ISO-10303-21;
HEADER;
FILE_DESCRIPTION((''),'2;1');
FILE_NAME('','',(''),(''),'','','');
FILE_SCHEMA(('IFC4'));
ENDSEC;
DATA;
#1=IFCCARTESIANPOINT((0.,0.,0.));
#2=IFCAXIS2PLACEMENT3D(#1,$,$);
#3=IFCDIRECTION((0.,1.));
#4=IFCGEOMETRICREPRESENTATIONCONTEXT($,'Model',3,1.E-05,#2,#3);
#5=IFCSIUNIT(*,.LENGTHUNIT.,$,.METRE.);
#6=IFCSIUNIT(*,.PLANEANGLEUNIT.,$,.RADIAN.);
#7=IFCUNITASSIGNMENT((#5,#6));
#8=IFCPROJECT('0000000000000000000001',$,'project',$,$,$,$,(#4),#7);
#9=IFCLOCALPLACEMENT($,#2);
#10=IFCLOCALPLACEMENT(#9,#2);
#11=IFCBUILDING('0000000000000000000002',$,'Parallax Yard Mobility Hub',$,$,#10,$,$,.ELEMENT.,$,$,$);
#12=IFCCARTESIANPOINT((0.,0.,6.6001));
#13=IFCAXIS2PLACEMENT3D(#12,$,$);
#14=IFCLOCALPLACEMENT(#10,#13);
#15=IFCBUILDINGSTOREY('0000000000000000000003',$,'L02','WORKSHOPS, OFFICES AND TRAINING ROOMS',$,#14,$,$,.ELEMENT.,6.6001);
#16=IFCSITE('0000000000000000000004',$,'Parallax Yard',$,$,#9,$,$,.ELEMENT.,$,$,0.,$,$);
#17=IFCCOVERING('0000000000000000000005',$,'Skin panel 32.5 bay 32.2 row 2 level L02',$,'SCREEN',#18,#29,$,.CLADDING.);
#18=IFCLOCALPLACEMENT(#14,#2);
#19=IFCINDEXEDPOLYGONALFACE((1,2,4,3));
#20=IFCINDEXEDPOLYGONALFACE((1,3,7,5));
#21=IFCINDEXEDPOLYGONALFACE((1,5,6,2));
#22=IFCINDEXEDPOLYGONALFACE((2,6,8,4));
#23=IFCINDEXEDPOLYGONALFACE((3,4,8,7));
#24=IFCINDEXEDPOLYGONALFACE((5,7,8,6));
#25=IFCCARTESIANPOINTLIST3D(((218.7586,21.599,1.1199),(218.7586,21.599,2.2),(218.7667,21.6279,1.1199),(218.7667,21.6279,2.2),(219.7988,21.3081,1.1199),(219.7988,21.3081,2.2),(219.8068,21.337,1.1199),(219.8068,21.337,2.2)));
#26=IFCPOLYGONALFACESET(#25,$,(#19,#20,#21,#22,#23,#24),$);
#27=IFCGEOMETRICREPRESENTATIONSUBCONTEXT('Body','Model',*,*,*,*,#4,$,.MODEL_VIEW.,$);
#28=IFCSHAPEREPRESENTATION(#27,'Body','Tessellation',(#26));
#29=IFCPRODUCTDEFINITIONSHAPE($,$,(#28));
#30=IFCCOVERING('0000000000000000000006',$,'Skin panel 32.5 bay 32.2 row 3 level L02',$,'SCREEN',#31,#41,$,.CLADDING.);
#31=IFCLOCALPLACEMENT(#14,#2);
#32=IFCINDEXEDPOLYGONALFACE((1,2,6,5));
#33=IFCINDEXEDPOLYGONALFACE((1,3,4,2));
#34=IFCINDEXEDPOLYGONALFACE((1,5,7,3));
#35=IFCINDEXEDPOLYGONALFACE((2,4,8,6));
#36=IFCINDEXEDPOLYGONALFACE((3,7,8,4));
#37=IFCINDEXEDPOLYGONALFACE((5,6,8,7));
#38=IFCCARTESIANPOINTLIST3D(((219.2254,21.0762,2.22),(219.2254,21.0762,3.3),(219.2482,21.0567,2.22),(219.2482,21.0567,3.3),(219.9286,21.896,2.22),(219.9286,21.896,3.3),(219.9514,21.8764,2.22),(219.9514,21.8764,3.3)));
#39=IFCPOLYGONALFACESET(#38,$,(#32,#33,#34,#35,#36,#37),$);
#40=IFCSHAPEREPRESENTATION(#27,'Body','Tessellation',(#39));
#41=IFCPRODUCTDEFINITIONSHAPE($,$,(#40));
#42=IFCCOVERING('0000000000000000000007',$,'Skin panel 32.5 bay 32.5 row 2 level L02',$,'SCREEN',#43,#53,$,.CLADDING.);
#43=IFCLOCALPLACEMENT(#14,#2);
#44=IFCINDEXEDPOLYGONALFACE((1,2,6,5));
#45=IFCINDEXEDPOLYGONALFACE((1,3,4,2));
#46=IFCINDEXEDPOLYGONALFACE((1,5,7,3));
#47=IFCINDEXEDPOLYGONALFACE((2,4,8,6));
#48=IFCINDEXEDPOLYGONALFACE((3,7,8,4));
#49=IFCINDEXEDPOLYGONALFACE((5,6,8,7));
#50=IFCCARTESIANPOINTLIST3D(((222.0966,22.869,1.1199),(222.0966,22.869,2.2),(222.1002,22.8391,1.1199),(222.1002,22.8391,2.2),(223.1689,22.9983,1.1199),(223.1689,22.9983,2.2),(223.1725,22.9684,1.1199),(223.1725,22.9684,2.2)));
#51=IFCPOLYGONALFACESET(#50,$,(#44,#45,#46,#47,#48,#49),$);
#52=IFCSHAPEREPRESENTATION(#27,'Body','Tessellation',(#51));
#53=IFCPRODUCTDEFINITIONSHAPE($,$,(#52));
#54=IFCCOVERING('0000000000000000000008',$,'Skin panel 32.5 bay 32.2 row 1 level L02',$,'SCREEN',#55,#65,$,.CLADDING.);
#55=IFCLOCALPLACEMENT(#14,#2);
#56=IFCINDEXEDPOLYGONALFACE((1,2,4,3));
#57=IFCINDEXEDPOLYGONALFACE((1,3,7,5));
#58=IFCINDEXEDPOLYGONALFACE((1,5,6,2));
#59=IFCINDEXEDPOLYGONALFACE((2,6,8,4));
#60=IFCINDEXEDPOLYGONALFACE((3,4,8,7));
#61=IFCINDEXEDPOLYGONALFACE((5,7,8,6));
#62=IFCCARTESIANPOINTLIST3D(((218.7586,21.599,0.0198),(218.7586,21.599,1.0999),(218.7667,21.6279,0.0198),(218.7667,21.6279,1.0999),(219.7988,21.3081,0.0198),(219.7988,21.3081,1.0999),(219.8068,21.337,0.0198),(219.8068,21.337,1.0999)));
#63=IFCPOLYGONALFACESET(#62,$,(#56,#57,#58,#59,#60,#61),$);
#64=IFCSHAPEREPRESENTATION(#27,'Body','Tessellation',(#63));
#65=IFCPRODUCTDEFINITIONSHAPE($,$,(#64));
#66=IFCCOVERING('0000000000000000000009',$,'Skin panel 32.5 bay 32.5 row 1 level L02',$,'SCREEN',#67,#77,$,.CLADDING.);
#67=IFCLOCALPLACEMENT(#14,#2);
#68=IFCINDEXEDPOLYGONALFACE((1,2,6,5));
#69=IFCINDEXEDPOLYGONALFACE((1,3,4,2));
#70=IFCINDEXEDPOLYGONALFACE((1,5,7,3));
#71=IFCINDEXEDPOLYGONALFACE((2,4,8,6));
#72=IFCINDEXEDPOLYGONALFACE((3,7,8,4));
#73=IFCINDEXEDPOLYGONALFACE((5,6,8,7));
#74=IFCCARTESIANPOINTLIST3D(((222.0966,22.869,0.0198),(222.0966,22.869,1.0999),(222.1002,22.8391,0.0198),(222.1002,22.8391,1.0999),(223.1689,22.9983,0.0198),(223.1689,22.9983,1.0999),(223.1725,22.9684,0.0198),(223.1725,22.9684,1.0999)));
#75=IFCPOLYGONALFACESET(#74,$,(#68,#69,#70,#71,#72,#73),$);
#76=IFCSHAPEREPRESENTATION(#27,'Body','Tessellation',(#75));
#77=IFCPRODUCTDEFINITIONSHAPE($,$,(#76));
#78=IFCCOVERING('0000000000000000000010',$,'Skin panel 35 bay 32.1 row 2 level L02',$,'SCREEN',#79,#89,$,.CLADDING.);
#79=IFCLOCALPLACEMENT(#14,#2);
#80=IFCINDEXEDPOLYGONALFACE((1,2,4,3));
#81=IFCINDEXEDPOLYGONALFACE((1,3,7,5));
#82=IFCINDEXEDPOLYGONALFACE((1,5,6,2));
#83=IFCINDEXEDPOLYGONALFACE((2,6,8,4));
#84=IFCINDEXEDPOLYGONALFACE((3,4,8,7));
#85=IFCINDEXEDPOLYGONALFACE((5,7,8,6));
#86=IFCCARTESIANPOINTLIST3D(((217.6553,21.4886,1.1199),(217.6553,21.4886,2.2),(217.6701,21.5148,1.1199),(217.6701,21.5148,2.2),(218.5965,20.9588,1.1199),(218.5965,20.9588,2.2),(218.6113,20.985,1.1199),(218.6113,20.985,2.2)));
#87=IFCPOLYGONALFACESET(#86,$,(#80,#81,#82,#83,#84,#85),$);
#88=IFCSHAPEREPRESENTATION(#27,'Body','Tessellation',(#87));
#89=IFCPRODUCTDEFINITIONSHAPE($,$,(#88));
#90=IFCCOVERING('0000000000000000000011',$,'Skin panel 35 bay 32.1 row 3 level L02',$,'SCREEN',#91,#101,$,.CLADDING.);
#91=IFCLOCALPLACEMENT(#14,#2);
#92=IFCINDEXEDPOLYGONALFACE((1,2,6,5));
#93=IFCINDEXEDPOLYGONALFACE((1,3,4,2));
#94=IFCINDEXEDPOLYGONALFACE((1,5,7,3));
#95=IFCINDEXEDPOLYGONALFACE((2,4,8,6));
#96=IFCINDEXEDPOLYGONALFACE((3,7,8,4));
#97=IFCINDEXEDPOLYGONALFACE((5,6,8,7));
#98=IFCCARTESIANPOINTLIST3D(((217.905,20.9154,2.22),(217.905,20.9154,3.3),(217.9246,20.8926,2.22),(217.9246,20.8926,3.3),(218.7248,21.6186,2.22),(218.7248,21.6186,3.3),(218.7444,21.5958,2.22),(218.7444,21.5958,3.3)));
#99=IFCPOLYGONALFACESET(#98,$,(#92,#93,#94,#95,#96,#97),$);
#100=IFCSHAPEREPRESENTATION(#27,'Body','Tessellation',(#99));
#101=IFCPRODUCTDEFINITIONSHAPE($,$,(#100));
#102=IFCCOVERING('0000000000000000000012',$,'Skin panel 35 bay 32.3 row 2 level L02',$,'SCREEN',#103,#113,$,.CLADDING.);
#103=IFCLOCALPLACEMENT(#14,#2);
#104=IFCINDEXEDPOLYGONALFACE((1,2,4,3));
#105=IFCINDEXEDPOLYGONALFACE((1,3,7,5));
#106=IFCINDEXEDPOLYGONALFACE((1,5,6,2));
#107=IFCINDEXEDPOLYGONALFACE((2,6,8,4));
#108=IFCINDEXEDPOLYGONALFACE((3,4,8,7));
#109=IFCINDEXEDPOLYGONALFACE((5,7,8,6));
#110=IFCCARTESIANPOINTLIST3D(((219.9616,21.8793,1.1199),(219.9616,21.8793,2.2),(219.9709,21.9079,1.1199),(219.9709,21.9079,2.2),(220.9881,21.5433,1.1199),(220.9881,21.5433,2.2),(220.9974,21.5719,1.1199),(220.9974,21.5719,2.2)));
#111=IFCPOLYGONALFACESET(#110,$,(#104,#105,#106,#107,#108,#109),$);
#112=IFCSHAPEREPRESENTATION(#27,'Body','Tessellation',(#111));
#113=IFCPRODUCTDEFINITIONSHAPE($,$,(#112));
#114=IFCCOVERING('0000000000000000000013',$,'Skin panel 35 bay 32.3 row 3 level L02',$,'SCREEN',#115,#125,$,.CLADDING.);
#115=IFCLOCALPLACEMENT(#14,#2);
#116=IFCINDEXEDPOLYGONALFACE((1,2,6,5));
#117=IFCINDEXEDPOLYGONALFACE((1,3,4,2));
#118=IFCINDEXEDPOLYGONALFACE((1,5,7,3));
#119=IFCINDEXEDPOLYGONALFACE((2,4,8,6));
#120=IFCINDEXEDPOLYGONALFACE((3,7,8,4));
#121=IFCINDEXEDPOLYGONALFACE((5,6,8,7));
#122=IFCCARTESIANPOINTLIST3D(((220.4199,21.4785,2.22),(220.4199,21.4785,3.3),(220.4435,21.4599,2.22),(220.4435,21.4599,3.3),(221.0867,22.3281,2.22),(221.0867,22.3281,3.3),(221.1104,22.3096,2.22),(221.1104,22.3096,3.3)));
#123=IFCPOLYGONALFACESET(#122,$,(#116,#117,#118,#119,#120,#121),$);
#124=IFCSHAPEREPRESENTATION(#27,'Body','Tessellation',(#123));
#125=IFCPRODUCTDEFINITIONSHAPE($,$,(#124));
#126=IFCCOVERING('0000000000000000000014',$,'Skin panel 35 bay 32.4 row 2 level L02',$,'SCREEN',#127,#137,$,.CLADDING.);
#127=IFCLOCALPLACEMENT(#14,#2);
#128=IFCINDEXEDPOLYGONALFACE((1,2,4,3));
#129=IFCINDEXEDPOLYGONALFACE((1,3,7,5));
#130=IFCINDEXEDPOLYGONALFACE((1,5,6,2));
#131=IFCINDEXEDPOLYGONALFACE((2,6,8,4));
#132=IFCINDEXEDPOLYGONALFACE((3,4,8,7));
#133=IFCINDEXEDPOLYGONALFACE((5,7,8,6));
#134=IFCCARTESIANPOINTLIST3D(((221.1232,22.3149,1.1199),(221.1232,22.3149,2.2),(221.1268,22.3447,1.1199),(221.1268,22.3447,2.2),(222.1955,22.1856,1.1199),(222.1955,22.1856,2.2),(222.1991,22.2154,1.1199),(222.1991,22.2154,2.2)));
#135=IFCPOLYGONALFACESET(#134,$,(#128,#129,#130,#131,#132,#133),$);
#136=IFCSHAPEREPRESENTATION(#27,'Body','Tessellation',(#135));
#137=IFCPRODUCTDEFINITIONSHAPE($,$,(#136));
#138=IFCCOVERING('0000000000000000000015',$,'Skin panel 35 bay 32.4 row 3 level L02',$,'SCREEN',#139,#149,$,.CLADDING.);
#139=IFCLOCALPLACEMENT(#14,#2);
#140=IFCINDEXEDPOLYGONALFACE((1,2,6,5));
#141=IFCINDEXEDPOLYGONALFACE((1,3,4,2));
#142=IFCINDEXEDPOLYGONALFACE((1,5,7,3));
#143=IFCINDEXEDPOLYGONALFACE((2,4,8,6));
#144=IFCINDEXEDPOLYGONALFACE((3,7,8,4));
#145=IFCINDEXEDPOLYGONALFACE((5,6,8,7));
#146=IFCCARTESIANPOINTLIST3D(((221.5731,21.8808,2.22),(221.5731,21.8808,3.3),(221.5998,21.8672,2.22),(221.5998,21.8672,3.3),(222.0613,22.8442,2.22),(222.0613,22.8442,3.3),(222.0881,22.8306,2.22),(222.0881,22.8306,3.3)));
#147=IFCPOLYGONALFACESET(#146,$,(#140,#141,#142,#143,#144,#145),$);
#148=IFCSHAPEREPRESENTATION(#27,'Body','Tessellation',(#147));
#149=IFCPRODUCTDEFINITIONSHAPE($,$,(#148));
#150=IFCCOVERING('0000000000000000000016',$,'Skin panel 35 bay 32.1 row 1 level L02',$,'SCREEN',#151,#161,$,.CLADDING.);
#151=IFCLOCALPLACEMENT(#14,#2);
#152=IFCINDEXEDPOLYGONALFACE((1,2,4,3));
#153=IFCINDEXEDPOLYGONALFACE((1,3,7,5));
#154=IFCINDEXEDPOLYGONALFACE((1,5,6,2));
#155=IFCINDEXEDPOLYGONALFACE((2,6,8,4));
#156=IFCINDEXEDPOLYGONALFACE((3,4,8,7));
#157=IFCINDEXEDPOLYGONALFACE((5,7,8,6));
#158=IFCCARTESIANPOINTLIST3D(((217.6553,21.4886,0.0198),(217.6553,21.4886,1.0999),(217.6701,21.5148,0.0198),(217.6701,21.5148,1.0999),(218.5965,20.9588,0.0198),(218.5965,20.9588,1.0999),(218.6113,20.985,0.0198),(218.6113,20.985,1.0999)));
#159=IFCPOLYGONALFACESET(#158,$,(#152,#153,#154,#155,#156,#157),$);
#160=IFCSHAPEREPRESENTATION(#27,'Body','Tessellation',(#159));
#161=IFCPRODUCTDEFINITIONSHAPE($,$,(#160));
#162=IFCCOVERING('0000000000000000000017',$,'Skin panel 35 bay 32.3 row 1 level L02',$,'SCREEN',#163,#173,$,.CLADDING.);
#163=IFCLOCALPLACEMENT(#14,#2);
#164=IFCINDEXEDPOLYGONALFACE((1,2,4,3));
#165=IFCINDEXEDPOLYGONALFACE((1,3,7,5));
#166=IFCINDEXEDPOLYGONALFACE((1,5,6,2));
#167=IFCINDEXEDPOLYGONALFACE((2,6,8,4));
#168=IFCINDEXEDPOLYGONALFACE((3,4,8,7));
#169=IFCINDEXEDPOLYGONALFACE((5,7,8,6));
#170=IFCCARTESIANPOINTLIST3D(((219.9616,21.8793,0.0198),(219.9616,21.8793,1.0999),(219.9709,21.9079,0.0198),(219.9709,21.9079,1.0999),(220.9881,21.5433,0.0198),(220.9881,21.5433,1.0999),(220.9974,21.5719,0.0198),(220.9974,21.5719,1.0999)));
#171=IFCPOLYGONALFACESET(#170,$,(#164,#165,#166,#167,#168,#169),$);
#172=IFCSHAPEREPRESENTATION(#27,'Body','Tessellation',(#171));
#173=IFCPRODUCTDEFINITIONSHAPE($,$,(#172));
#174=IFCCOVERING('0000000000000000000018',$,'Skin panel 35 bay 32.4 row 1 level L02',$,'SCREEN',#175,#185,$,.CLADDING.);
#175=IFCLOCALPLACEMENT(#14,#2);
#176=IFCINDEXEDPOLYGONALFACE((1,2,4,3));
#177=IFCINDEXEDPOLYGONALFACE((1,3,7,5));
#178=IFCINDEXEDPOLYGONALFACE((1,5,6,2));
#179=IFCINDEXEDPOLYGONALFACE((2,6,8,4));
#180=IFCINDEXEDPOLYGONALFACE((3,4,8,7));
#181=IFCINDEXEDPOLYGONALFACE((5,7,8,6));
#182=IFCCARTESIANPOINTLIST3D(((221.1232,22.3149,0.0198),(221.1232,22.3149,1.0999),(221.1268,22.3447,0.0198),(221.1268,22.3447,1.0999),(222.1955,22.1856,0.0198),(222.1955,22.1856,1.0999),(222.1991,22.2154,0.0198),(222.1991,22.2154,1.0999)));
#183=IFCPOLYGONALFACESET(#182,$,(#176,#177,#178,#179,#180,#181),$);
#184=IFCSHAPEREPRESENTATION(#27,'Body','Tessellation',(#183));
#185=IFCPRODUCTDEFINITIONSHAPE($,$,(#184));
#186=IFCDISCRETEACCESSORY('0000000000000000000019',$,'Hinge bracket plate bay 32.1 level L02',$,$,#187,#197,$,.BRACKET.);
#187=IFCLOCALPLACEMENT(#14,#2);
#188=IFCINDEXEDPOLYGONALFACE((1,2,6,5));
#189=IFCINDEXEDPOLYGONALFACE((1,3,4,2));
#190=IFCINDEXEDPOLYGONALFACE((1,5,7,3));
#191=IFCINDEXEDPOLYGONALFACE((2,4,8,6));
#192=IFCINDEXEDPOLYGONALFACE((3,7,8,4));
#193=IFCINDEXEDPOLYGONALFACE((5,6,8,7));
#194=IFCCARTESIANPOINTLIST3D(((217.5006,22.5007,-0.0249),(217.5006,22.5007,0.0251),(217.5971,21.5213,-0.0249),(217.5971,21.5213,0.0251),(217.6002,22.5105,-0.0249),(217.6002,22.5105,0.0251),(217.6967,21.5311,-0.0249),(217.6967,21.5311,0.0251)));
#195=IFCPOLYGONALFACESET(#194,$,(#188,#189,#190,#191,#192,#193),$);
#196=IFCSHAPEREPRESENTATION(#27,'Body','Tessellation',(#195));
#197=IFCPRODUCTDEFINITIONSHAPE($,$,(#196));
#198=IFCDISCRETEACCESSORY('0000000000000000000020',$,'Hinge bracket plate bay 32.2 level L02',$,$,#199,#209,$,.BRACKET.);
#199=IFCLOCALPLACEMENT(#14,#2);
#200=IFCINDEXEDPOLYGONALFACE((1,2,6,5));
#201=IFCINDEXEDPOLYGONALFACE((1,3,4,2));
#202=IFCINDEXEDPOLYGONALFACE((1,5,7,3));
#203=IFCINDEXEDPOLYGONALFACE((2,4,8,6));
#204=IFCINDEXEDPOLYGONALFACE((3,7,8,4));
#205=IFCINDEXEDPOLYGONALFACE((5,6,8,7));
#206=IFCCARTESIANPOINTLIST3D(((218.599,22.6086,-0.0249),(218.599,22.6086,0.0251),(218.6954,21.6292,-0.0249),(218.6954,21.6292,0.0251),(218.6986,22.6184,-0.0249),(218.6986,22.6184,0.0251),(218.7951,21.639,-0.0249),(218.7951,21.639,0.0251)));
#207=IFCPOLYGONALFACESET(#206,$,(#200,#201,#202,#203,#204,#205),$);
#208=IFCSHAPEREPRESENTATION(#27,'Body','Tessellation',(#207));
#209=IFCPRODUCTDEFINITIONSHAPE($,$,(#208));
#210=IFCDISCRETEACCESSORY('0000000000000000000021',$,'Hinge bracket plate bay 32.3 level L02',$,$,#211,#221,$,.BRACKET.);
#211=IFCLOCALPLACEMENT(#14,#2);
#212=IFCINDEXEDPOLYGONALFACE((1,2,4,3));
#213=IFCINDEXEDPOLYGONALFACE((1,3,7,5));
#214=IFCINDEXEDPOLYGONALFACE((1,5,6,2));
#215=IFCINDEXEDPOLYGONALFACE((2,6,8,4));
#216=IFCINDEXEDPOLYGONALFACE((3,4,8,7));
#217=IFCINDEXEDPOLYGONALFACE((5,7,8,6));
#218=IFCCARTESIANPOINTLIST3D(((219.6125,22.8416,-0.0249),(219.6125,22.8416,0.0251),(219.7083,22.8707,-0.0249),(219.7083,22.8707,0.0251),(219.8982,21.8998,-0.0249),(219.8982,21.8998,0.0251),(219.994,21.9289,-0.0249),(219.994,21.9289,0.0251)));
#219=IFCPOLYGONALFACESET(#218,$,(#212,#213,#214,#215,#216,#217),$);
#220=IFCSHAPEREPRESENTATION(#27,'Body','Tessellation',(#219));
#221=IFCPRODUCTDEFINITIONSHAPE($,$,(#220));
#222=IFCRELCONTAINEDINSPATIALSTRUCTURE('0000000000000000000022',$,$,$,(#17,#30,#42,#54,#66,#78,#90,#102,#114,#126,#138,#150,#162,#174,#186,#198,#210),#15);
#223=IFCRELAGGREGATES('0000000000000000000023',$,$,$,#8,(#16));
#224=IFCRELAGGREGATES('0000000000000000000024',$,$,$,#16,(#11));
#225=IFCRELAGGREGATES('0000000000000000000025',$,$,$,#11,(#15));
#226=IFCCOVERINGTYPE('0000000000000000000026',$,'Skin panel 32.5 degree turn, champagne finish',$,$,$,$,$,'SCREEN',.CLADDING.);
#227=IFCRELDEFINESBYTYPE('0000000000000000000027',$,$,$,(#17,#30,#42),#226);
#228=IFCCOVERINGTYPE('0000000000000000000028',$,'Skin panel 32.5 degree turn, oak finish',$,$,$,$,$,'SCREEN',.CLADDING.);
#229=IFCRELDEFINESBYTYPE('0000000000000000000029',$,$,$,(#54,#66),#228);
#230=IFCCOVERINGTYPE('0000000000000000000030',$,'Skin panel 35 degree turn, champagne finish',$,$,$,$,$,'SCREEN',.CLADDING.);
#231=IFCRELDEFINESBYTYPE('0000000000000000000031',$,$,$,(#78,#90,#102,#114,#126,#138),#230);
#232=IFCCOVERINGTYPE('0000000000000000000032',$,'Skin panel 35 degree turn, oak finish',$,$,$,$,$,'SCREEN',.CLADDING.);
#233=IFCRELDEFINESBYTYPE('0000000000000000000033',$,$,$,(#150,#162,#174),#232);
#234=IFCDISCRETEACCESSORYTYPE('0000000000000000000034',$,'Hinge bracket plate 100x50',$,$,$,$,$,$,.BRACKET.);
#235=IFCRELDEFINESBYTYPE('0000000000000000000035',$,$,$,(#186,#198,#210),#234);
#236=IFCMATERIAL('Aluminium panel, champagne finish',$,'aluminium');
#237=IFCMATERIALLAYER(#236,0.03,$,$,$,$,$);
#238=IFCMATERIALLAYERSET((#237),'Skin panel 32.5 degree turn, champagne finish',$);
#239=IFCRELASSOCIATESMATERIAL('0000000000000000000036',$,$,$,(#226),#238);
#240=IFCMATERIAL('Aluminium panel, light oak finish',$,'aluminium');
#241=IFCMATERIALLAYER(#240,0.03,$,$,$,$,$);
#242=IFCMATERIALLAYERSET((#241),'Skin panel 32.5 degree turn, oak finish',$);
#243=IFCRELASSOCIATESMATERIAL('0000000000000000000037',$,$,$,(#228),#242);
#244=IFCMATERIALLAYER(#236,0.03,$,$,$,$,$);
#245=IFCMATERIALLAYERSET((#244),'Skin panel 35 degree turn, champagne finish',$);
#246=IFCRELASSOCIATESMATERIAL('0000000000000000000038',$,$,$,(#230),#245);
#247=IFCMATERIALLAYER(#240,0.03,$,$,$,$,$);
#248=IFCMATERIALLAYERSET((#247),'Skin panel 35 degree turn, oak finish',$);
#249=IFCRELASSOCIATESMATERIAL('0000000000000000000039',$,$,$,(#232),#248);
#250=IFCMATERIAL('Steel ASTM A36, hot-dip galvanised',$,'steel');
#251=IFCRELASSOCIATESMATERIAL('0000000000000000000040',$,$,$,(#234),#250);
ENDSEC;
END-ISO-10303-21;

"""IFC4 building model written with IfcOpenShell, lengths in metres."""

from ifc_helpers import new_model, si_unit, direction, frame, origin, origin_2d, place, context, subcontext, project, spatial, rectangle, extrude, material, layer, layer_set, type_object, element, save


model = new_model("IFC4")

# Units and contexts
model_context = context("Model", 3, precision=1e-05, world=origin(), true_north=direction((0.0, 1.0)))
body_context = subcontext(model_context, "Body", "Model", "MODEL_VIEW")
ifc_project = project(units=[si_unit("LENGTHUNIT", "METRE"), si_unit("PLANEANGLEUNIT", "RADIAN")], contexts=[model_context])

# Site, building, storey
site_placement = place(None, origin())
site = spatial("IfcSite", under=ifc_project, at=site_placement, Name="Parallax Yard", CompositionType="ELEMENT", RefElevation=0.0)
building_placement = place(site_placement, origin())
building = spatial("IfcBuilding", under=site, at=building_placement, Name="Parallax Yard Mobility Hub", CompositionType="ELEMENT")
storey_placement = place(building_placement, frame((0.0, 0.0, 6.6001)))
storey = spatial("IfcBuildingStorey", under=building, at=storey_placement, Name="L02", Description="WORKSHOPS, OFFICES AND TRAINING ROOMS", CompositionType="ELEMENT", Elevation=6.6001)

# Coverings
ifc_material_1 = material(Name="Aluminium panel, champagne finish", Category="aluminium")
ifc_layer_1 = layer(ifc_material_1, 0.03)
ifc_layer_set_1 = layer_set([ifc_layer_1], Name="Skin panel 32.5 degree turn, champagne finish")
covering_type_1 = type_object("IfcCoveringType", Name="Skin panel 32.5 degree turn, champagne finish", ElementType="SCREEN", PredefinedType="CLADDING", material=ifc_layer_set_1)
for number, where, z_axis, x_axis, name in (
    (1, (219.2827, 21.468, 1.1199), (0.0, 0.0, 1.0), (0.963045, -0.26934, 0.0), "Skin panel 32.5 bay 32.2 row 2 level L02"),
    (2, (219.5884, 21.4763, 2.22), (0.0, 0.0, 1.0), (-0.651105, -0.758987, 0.0), "Skin panel 32.5 bay 32.2 row 3 level L02"),
    (3, (222.6345, 22.9187, 1.1199), (0.0, 0.0, 1.0), (0.99281, 0.119704, 0.0), "Skin panel 32.5 bay 32.5 row 2 level L02"),
):
    element("IfcCovering", number, at=place(storey_placement, frame(where, z_axis=z_axis, x_axis=x_axis)), inside=storey, type_object=covering_type_1, Name=name, ObjectType="SCREEN", PredefinedType="CLADDING", context=body_context, shape_type="SweptSolid", body=[
        extrude(rectangle(XDim=1.0801, YDim=0.03, at=origin_2d()), origin(), (0.0, 0.0, 1.0), 1.0801),
    ])
ifc_material_2 = material(Name="Aluminium panel, light oak finish", Category="aluminium")
ifc_layer_2 = layer(ifc_material_2, 0.03)
ifc_layer_set_2 = layer_set([ifc_layer_2], Name="Skin panel 32.5 degree turn, oak finish")
covering_type_2 = type_object("IfcCoveringType", Name="Skin panel 32.5 degree turn, oak finish", ElementType="SCREEN", PredefinedType="CLADDING", material=ifc_layer_set_2)
for number, where, z_axis, x_axis, name in (
    (4, (219.2827, 21.468, 0.0198), (0.0, 0.0, 1.0), (0.963045, -0.26934, 0.0), "Skin panel 32.5 bay 32.2 row 1 level L02"),
    (5, (222.6345, 22.9187, 0.0198), (0.0, 0.0, 1.0), (0.99281, 0.119704, 0.0), "Skin panel 32.5 bay 32.5 row 1 level L02"),
):
    element("IfcCovering", number, at=place(storey_placement, frame(where, z_axis=z_axis, x_axis=x_axis)), inside=storey, type_object=covering_type_2, Name=name, ObjectType="SCREEN", PredefinedType="CLADDING", context=body_context, shape_type="SweptSolid", body=[
        extrude(rectangle(XDim=1.0801, YDim=0.03, at=origin_2d()), origin(), (0.0, 0.0, 1.0), 1.0801),
    ])
ifc_layer_3 = layer(ifc_material_1, 0.03)
ifc_layer_set_3 = layer_set([ifc_layer_3], Name="Skin panel 35 degree turn, champagne finish")
covering_type_3 = type_object("IfcCoveringType", Name="Skin panel 35 degree turn, champagne finish", ElementType="SCREEN", PredefinedType="CLADDING", material=ifc_layer_set_3)
for number, where, z_axis, x_axis, name in (
    (6, (218.1333, 21.2368, 1.1199), (0.0, 0.0, 1.0), (0.871428, -0.490524, 0.0), "Skin panel 35 bay 32.1 row 2 level L02"),
    (7, (218.3247, 21.2556, 2.22), (0.0, 0.0, 1.0), (-0.758987, -0.651105, 0.0), "Skin panel 35 bay 32.1 row 3 level L02"),
    (8, (220.4795, 21.7256, 1.1199), (0.0, 0.0, 1.0), (0.95038, -0.311091, 0.0), "Skin panel 35 bay 32.3 row 2 level L02"),
    (9, (220.7651, 21.894, 2.22), (0.0, 0.0, 1.0), (-0.617379, -0.786666, 0.0), "Skin panel 35 bay 32.3 row 3 level L02"),
    (10, (221.6611, 22.2651, 1.1199), (0.0, 0.0, 1.0), (0.99281, -0.119704, 0.0), "Skin panel 35 bay 32.4 row 2 level L02"),
    (11, (221.8306, 22.3557, 2.22), (0.0, 0.0, 1.0), (-0.452046, -0.891995, 0.0), "Skin panel 35 bay 32.4 row 3 level L02"),
):
    element("IfcCovering", number, at=place(storey_placement, frame(where, z_axis=z_axis, x_axis=x_axis)), inside=storey, type_object=covering_type_3, Name=name, ObjectType="SCREEN", PredefinedType="CLADDING", context=body_context, shape_type="SweptSolid", body=[
        extrude(rectangle(XDim=1.0801, YDim=0.03, at=origin_2d()), origin(), (0.0, 0.0, 1.0), 1.0801),
    ])
ifc_layer_4 = layer(ifc_material_2, 0.03)
ifc_layer_set_4 = layer_set([ifc_layer_4], Name="Skin panel 35 degree turn, oak finish")
covering_type_4 = type_object("IfcCoveringType", Name="Skin panel 35 degree turn, oak finish", ElementType="SCREEN", PredefinedType="CLADDING", material=ifc_layer_set_4)
for number, where, z_axis, x_axis, name in (
    (12, (218.1333, 21.2368, 0.0198), (0.0, 0.0, 1.0), (0.871428, -0.490524, 0.0), "Skin panel 35 bay 32.1 row 1 level L02"),
    (13, (220.4795, 21.7256, 0.0198), (0.0, 0.0, 1.0), (0.95038, -0.311091, 0.0), "Skin panel 35 bay 32.3 row 1 level L02"),
    (14, (221.6611, 22.2651, 0.0198), (0.0, 0.0, 1.0), (0.99281, -0.119704, 0.0), "Skin panel 35 bay 32.4 row 1 level L02"),
):
    element("IfcCovering", number, at=place(storey_placement, frame(where, z_axis=z_axis, x_axis=x_axis)), inside=storey, type_object=covering_type_4, Name=name, ObjectType="SCREEN", PredefinedType="CLADDING", context=body_context, shape_type="SweptSolid", body=[
        extrude(rectangle(XDim=1.0801, YDim=0.03, at=origin_2d()), origin(), (0.0, 0.0, 1.0), 1.0801),
    ])

# Discrete accessories
ifc_material_3 = material(Name="Steel ASTM A36, hot-dip galvanised", Category="steel")
discrete_accessory_type_1 = type_object("IfcDiscreteAccessoryType", Name="Hinge bracket plate 100x50", PredefinedType="BRACKET", material=ifc_material_3)
for number, where, z_axis, x_axis, name in (
    (15, (217.5986, 22.0159, -0.0249), (0.0, 0.0, 1.0), (0.098017, -0.995185, 0.0), "Hinge bracket plate bay 32.1 level L02"),
    (16, (218.697, 22.1238, -0.0249), (0.0, 0.0, 1.0), (0.098017, -0.995185, 0.0), "Hinge bracket plate bay 32.2 level L02"),
    (17, (219.8032, 22.3853, -0.0249), (0.0, 0.0, 1.0), (0.290285, -0.95694, 0.0), "Hinge bracket plate bay 32.3 level L02"),
):
    element("IfcDiscreteAccessory", number, at=place(storey_placement, frame(where, z_axis=z_axis, x_axis=x_axis)), inside=storey, type_object=discrete_accessory_type_1, Name=name, PredefinedType="BRACKET", context=body_context, shape_type="SweptSolid", body=[
        extrude(rectangle(XDim=0.9841, YDim=0.1001, at=origin_2d()), origin(), (0.0, 0.0, 1.0), 0.05),
    ])

save(model, "model.ifc")
